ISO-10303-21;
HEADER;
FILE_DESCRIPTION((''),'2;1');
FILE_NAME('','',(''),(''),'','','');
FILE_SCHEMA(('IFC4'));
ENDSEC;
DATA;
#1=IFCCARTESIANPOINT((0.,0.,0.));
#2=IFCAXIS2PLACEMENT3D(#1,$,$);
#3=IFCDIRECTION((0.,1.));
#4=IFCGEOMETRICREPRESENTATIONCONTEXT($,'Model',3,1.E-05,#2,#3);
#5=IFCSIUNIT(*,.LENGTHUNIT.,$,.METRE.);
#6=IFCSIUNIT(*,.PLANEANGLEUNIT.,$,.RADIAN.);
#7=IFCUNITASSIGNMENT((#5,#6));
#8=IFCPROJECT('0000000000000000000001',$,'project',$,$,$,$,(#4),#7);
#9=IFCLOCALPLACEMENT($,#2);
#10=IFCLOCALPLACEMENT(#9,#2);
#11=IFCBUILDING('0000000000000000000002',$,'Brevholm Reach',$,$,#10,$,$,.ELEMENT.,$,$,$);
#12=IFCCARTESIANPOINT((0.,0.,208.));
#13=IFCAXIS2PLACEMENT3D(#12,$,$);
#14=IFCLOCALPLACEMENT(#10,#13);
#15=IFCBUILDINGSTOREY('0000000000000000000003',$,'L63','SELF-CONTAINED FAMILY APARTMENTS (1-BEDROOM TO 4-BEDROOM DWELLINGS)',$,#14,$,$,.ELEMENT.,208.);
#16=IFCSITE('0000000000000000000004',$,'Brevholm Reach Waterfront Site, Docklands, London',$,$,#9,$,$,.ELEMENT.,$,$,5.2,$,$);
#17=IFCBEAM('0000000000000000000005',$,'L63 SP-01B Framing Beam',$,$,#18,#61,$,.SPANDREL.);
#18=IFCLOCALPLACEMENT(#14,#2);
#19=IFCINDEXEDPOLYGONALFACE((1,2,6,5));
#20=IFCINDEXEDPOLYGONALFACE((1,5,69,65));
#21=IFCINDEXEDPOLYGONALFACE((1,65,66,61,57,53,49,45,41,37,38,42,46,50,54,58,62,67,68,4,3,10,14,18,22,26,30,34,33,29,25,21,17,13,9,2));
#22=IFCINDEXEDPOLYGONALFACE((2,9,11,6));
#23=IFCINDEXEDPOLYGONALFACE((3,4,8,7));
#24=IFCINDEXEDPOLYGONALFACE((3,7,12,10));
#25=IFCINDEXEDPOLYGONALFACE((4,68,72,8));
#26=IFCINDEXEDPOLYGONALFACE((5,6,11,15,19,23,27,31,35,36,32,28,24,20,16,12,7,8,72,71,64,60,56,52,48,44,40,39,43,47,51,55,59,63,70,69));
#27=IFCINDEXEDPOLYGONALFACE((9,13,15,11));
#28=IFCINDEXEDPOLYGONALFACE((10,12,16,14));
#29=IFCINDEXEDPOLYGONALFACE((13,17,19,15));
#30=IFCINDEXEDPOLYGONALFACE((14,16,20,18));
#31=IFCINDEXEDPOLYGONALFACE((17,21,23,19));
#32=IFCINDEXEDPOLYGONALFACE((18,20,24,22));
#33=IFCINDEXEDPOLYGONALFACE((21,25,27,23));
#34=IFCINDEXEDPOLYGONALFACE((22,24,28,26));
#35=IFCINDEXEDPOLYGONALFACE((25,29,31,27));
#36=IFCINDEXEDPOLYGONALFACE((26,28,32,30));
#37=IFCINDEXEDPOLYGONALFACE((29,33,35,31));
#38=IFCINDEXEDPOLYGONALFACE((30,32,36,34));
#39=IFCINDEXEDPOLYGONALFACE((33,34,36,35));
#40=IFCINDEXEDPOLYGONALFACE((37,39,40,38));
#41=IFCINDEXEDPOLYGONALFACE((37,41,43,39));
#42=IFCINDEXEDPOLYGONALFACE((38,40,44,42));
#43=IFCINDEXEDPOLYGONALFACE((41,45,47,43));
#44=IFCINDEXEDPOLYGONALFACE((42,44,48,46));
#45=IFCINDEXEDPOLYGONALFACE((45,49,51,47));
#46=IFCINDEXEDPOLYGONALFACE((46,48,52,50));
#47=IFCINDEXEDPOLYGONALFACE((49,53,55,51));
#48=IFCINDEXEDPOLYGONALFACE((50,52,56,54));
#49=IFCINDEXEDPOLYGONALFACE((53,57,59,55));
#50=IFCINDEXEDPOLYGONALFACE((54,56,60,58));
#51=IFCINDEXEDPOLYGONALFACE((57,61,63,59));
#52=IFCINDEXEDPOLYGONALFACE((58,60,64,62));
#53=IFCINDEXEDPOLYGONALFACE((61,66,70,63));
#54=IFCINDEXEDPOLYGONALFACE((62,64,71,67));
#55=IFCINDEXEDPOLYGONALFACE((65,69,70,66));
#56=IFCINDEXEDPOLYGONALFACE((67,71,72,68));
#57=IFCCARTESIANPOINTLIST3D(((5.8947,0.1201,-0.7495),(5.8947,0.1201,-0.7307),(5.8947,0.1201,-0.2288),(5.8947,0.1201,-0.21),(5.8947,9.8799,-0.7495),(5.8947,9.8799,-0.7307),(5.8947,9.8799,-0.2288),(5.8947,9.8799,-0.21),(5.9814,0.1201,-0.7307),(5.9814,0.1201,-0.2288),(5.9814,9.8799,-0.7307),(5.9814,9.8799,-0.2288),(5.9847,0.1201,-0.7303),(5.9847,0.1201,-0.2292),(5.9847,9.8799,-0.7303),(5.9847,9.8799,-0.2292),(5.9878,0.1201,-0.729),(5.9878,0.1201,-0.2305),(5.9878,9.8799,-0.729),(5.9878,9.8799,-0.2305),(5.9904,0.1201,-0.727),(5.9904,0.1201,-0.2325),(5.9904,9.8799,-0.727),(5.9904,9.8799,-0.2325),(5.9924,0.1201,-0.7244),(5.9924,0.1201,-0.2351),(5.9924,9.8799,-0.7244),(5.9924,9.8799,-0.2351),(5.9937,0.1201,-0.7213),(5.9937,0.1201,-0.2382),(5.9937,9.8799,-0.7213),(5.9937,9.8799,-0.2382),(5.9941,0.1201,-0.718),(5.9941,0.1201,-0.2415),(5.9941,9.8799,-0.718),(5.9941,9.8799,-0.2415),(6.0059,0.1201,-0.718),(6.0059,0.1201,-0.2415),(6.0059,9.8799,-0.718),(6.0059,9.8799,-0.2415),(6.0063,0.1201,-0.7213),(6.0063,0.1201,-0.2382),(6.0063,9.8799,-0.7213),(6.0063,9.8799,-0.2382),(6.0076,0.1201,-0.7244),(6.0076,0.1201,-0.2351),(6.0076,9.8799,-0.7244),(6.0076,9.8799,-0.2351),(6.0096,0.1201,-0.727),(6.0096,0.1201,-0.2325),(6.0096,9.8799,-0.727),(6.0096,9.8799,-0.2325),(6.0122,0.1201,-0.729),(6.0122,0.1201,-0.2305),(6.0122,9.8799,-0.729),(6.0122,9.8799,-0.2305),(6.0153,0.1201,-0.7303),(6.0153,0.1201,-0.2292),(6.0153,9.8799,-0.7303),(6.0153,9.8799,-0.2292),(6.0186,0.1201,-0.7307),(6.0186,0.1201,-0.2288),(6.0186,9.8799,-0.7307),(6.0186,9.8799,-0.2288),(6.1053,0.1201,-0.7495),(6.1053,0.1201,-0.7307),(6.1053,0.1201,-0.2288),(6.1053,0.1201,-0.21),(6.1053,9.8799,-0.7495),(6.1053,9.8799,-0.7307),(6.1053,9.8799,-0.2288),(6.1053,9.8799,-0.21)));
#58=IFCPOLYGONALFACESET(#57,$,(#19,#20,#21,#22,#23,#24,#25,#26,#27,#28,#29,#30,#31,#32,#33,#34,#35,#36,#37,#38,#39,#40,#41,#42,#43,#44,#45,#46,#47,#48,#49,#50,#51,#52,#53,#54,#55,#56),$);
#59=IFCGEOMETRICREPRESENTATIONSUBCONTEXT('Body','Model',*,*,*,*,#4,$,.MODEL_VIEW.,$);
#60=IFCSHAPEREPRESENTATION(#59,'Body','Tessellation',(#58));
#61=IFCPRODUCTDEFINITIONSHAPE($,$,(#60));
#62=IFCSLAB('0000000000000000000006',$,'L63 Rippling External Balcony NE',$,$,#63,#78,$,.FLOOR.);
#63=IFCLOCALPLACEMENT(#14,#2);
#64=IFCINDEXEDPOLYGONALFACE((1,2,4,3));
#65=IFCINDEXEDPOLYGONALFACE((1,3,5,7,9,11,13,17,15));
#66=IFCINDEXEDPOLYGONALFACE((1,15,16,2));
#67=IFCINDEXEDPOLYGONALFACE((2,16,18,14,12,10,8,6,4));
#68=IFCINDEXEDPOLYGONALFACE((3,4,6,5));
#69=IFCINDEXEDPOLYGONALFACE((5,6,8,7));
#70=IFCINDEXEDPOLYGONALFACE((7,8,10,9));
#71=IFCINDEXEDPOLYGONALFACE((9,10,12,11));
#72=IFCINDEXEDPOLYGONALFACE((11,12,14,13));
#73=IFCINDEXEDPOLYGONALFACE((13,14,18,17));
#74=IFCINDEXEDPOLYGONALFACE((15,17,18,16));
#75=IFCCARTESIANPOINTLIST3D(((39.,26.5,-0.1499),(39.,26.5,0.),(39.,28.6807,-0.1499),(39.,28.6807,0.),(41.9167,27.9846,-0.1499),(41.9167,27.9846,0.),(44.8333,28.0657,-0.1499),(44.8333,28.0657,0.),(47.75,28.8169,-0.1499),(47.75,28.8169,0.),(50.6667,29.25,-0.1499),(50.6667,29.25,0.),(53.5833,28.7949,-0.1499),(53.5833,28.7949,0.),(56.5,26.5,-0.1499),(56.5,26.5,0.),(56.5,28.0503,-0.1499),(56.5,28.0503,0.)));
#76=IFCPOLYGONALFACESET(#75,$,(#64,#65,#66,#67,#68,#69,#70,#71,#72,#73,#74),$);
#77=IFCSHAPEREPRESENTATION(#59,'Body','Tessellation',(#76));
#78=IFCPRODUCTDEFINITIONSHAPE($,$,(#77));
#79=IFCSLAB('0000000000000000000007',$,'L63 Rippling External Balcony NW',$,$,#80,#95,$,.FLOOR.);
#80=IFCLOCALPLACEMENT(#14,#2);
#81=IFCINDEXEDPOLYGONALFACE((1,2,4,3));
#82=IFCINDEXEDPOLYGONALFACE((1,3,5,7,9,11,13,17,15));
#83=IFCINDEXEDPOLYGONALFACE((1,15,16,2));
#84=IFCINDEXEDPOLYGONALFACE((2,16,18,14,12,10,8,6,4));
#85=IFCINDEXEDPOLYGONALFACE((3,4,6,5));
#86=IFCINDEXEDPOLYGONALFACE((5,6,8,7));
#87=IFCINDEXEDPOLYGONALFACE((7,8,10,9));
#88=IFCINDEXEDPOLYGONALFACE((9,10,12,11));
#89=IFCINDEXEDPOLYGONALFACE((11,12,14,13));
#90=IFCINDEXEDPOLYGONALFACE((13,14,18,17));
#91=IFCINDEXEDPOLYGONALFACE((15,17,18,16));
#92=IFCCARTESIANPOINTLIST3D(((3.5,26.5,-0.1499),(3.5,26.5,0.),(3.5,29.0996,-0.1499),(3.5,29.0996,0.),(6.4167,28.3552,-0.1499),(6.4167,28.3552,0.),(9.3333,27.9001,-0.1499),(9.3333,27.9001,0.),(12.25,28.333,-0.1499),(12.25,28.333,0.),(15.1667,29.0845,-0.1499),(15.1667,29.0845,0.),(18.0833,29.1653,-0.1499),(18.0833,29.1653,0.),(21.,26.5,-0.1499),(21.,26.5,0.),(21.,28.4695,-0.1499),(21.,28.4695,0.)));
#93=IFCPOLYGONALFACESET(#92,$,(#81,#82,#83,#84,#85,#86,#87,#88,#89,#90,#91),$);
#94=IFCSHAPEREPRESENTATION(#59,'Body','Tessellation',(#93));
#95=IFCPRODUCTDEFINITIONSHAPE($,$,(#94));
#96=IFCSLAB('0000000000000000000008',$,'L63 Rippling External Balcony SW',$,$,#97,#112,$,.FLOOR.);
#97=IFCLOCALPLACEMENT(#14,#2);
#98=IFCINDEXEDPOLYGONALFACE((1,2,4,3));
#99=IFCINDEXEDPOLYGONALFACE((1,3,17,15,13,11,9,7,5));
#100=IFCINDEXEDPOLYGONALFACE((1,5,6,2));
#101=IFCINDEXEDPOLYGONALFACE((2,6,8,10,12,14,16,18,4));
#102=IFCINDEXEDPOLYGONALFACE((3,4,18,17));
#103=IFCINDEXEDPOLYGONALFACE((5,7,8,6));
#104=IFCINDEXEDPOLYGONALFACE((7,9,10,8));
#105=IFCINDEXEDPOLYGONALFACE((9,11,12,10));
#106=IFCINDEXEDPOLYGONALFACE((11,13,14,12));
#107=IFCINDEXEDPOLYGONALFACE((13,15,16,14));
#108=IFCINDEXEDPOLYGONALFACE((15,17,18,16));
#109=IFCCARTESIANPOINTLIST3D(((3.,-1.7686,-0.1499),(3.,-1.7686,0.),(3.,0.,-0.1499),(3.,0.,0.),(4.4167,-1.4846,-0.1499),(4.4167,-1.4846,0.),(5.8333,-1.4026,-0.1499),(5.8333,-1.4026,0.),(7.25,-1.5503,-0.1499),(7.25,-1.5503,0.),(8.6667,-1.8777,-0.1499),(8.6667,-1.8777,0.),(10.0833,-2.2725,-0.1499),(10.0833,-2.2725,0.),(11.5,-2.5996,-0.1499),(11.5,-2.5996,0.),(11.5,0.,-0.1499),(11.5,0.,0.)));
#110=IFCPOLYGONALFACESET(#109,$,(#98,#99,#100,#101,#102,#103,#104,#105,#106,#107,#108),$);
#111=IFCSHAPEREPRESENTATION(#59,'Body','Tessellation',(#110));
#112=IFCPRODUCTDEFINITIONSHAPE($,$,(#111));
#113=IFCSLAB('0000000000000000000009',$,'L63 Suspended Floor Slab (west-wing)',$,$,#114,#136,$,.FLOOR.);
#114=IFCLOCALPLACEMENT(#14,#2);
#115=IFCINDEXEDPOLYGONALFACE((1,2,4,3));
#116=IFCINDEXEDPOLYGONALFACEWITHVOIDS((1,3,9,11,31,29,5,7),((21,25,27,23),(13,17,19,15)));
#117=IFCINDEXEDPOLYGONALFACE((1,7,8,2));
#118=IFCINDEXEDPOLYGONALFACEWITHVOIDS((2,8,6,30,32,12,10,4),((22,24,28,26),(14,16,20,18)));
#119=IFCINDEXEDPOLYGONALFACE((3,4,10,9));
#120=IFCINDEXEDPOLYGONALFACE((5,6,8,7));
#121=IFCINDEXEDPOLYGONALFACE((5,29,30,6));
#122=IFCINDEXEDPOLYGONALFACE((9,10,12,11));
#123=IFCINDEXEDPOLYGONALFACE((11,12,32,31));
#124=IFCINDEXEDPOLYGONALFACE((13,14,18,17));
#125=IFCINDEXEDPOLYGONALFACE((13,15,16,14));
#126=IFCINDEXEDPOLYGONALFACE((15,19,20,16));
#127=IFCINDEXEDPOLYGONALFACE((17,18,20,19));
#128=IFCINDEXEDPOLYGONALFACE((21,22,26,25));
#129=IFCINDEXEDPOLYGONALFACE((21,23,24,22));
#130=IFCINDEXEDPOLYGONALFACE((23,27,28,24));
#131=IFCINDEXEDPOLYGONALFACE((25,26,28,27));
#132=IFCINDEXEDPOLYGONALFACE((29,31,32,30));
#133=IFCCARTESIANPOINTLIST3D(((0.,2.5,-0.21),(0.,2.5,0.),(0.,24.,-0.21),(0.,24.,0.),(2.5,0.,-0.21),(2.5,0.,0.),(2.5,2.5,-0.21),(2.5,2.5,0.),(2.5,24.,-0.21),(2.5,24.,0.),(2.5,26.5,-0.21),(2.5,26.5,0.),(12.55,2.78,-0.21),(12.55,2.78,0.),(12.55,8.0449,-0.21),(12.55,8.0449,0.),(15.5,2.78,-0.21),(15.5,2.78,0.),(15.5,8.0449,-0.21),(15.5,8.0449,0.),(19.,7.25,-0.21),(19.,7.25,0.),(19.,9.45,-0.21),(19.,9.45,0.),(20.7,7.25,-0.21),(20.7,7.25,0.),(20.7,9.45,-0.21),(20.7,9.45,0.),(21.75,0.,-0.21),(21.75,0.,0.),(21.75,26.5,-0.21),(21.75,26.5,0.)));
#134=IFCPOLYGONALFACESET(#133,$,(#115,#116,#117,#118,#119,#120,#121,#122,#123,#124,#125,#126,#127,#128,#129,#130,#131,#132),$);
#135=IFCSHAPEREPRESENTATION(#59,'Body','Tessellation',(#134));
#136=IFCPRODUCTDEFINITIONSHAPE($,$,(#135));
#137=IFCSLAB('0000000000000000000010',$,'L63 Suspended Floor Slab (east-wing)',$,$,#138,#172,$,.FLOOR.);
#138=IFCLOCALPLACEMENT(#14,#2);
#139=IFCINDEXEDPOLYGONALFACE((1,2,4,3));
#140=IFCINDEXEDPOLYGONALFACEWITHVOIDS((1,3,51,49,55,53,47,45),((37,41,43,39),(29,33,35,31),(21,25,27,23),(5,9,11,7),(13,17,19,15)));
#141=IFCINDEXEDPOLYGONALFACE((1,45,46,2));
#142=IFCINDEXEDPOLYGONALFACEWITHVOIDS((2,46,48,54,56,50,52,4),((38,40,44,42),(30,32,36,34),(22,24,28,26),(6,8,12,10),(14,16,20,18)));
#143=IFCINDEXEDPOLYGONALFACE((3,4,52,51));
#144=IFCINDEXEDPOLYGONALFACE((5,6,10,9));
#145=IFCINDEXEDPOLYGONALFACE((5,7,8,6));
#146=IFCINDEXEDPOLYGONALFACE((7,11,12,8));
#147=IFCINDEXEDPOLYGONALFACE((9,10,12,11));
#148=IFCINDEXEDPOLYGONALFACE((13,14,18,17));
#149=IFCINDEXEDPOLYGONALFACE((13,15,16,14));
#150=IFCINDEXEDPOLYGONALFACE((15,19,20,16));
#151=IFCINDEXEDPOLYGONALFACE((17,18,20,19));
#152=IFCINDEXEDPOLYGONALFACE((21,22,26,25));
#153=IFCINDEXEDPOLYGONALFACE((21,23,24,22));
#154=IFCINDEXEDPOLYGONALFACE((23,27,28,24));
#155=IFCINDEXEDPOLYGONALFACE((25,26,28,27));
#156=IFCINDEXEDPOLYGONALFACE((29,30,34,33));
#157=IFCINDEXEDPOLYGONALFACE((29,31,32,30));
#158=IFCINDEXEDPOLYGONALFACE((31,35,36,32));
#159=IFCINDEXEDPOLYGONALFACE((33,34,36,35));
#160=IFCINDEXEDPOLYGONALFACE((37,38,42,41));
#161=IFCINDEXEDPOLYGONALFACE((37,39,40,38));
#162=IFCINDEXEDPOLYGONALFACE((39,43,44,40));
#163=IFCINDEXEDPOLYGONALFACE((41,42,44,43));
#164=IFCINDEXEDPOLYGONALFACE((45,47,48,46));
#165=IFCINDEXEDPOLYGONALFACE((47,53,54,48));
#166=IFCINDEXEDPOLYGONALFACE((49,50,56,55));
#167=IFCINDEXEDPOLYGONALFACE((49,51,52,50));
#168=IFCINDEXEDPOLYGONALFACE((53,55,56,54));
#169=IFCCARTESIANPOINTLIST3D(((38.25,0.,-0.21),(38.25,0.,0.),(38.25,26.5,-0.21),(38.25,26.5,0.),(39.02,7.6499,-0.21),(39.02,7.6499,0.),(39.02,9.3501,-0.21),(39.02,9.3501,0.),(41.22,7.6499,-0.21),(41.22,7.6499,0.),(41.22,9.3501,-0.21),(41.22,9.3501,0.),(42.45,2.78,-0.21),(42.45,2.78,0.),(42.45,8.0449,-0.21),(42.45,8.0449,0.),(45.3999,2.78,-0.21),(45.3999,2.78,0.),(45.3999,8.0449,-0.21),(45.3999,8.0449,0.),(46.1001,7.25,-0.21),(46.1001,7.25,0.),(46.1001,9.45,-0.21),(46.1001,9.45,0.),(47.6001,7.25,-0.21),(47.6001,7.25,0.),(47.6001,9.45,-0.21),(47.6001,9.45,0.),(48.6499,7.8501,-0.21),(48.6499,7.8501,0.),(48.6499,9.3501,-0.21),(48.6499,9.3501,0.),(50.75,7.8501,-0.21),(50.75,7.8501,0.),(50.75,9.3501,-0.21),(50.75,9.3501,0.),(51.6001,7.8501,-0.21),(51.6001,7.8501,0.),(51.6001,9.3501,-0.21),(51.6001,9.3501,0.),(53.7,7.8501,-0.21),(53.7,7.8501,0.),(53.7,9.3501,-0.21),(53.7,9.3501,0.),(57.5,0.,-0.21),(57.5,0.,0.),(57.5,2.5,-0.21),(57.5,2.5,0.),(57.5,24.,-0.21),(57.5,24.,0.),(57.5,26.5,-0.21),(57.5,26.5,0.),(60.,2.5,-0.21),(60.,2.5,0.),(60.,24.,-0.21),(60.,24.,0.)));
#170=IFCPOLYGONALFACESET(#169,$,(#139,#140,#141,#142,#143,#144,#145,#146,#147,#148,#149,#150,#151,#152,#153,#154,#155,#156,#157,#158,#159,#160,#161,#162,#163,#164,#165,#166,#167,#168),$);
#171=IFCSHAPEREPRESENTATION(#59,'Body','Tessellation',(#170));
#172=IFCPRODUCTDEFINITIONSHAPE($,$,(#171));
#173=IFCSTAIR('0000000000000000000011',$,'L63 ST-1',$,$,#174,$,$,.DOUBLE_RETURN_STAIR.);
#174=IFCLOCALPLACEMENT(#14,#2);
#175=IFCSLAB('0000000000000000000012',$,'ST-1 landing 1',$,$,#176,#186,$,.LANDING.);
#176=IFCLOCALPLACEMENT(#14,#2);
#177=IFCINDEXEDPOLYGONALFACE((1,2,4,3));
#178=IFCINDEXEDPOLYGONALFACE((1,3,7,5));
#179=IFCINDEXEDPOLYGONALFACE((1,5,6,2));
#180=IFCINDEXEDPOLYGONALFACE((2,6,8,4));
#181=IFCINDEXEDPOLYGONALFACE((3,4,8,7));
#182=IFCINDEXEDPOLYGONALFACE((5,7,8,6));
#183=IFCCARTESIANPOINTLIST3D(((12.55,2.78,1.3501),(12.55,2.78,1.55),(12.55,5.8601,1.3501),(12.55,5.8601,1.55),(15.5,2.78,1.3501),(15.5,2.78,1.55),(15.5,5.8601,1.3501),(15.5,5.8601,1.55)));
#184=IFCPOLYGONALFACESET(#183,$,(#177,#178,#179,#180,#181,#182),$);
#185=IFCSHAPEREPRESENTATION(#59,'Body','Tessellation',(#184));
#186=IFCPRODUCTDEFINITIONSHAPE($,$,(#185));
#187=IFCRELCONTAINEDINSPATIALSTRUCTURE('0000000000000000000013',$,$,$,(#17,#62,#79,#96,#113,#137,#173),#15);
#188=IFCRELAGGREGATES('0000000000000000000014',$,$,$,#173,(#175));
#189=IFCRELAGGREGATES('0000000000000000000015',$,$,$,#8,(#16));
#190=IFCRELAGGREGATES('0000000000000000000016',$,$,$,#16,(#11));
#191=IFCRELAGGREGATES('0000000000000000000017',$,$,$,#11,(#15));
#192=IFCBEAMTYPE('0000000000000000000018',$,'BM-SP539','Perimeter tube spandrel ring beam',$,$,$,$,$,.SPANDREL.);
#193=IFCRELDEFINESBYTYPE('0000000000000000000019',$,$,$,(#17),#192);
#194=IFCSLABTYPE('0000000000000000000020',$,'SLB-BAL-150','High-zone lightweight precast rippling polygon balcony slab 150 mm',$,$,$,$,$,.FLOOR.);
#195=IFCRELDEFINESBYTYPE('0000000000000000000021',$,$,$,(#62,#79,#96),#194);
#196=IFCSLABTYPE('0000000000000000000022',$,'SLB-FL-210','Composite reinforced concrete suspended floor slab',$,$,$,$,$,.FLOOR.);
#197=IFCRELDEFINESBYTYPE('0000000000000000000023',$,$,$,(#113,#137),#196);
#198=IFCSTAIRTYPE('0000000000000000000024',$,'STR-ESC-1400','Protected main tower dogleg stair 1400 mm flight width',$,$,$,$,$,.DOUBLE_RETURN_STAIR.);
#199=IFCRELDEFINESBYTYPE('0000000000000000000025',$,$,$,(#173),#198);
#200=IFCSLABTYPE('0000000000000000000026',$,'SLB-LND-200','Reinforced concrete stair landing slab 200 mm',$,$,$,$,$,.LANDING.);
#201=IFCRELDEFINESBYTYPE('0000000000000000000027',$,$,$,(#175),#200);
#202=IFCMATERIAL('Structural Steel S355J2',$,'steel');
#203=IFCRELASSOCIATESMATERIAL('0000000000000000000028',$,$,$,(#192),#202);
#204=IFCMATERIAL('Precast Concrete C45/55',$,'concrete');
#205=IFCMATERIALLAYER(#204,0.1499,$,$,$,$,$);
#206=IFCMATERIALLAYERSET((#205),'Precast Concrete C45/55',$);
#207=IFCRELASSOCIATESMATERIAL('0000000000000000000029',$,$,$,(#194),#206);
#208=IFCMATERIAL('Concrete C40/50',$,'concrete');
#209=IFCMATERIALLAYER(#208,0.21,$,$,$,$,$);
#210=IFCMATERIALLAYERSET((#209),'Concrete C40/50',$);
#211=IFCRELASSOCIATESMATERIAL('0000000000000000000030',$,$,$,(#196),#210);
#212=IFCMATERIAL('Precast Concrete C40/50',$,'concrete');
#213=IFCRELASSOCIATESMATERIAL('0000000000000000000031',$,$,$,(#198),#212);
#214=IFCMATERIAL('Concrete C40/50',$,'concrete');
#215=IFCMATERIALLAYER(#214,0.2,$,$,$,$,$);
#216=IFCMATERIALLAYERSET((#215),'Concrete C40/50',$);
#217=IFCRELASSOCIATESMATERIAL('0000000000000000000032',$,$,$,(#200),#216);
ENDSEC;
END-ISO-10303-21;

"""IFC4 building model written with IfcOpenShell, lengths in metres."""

from ifc_helpers import new_model, si_unit, direction, frame, origin, origin_2d, place, context, subcontext, project, spatial, polyline, i_section, outline, extrude, material, layer, layer_set, material_profile, profile_set, type_object, element, aggregate, save


model = new_model("IFC4")

# Units and contexts
model_context = context("Model", 3, precision=1e-05, world=origin(), true_north=direction((0.0, 1.0)))
body_context = subcontext(model_context, "Body", "Model", "MODEL_VIEW")
ifc_project = project(units=[si_unit("LENGTHUNIT", "METRE"), si_unit("PLANEANGLEUNIT", "RADIAN")], contexts=[model_context])

# Site, building, storey
site_placement = place(None, origin())
site = spatial("IfcSite", under=ifc_project, at=site_placement, Name="Brevholm Reach Waterfront Site, Docklands, London", CompositionType="ELEMENT", RefElevation=5.2)
building_placement = place(site_placement, origin())
building = spatial("IfcBuilding", under=site, at=building_placement, Name="Brevholm Reach", CompositionType="ELEMENT")
storey_placement = place(building_placement, frame((0.0, 0.0, 208.0)))
storey = spatial("IfcBuildingStorey", under=building, at=storey_placement, Name="L63", Description="SELF-CONTAINED FAMILY APARTMENTS (1-BEDROOM TO 4-BEDROOM DWELLINGS)", CompositionType="ELEMENT", Elevation=208.0)

# Beam
ifc_material_1 = material(Name="Structural Steel S355J2", Category="steel")
ifc_material_profile_1 = material_profile(ifc_material_1, i_section(OverallWidth=0.2107, OverallDepth=0.5396, WebThickness=0.0117, FlangeThickness=0.0188, FilletRadius=0.0127, at=origin_2d()), Name="UKB 533x210x109")
ifc_profile_set_1 = profile_set([ifc_material_profile_1], Name="Structural Steel S355J2")
beam_type_1 = type_object("IfcBeamType", Name="BM-SP539", Description="Perimeter tube spandrel ring beam", PredefinedType="SPANDREL", material=ifc_profile_set_1)
beam_1_placement = place(storey_placement, frame((6.0, 0.1201, -0.4797), z_axis=(0.0, 1.0, 0.0), x_axis=(-1.0, 0.0, 0.0)))
element("IfcBeam", 1, at=beam_1_placement, inside=storey, type_object=beam_type_1, Name="L63 SP-01B Framing Beam", PredefinedType="SPANDREL", context=body_context, shape_type="SweptSolid", body=[
    extrude(i_section(OverallWidth=0.2107, OverallDepth=0.5396, WebThickness=0.0117, FlangeThickness=0.0188, FilletRadius=0.0127, at=origin_2d()), origin(), (0.0, 0.0, 1.0), 9.7598),
])

# Slabs
ifc_material_2 = material(Name="Precast Concrete C45/55", Category="concrete")
ifc_layer_1 = layer(ifc_material_2, 0.1499)
ifc_layer_set_1 = layer_set([ifc_layer_1], Name="Precast Concrete C45/55")
slab_type_1 = type_object("IfcSlabType", Name="SLB-BAL-150", Description="High-zone lightweight precast rippling polygon balcony slab 150 mm", PredefinedType="FLOOR", material=ifc_layer_set_1)
slab_1_placement = place(storey_placement, frame((0.0, 0.0, -0.1499)))
element("IfcSlab", 2, at=slab_1_placement, inside=storey, type_object=slab_type_1, Name="L63 Rippling External Balcony NE", PredefinedType="FLOOR", context=body_context, shape_type="SweptSolid", body=[
    extrude(outline(polyline([(39.0, 26.5), (56.5, 26.5), (56.5, 28.0503), (53.5833, 28.7949), (50.6667, 29.25), (47.75, 28.8169), (44.8333, 28.0657), (41.9167, 27.9846), (39.0, 28.6807), (39.0, 26.5)])), origin(), (0.0, 0.0, 1.0), 0.1499),
])
slab_2_placement = place(storey_placement, frame((0.0, 0.0, -0.1499)))
element("IfcSlab", 3, at=slab_2_placement, inside=storey, type_object=slab_type_1, Name="L63 Rippling External Balcony NW", PredefinedType="FLOOR", context=body_context, shape_type="SweptSolid", body=[
    extrude(outline(polyline([(3.5, 26.5), (21.0, 26.5), (21.0, 28.4695), (18.0833, 29.1653), (15.1667, 29.0845), (12.25, 28.333), (9.3333, 27.9001), (6.4167, 28.3552), (3.5, 29.0996), (3.5, 26.5)])), origin(), (0.0, 0.0, 1.0), 0.1499),
])
slab_3_placement = place(storey_placement, frame((0.0, 0.0, -0.1499)))
element("IfcSlab", 4, at=slab_3_placement, inside=storey, type_object=slab_type_1, Name="L63 Rippling External Balcony SW", PredefinedType="FLOOR", context=body_context, shape_type="SweptSolid", body=[
    extrude(outline(polyline([(3.0, -1.7686), (4.4167, -1.4846), (5.8333, -1.4026), (7.25, -1.5503), (8.6667, -1.8777), (10.0833, -2.2725), (11.5, -2.5996), (11.5, 0.0), (3.0, 0.0), (3.0, -1.7686)])), origin(), (0.0, 0.0, 1.0), 0.1499),
])
ifc_material_3 = material(Name="Concrete C40/50", Category="concrete")
ifc_layer_2 = layer(ifc_material_3, 0.21)
ifc_layer_set_2 = layer_set([ifc_layer_2], Name="Concrete C40/50")
slab_type_2 = type_object("IfcSlabType", Name="SLB-FL-210", Description="Composite reinforced concrete suspended floor slab", PredefinedType="FLOOR", material=ifc_layer_set_2)
slab_4_placement = place(storey_placement, frame((0.0, 0.0, -0.21)))
element("IfcSlab", 5, at=slab_4_placement, inside=storey, type_object=slab_type_2, Name="L63 Suspended Floor Slab (west-wing)", PredefinedType="FLOOR", context=body_context, shape_type="SweptSolid", body=[
    extrude(outline(polyline([(2.5, 0.0), (21.75, 0.0), (21.75, 26.5), (2.5, 26.5), (2.5, 24.0), (0.0, 24.0), (0.0, 2.5), (2.5, 2.5), (2.5, 0.0)]), holes=[polyline([(12.55, 2.78), (15.5, 2.78), (15.5, 8.0449), (12.55, 8.0449), (12.55, 2.78)]), polyline([(19.0, 7.25), (20.7, 7.25), (20.7, 9.45), (19.0, 9.45), (19.0, 7.25)])]), origin(), (0.0, 0.0, 1.0), 0.21),
])
slab_5_placement = place(storey_placement, frame((0.0, 0.0, -0.21)))
element("IfcSlab", 6, at=slab_5_placement, inside=storey, type_object=slab_type_2, Name="L63 Suspended Floor Slab (east-wing)", PredefinedType="FLOOR", context=body_context, shape_type="SweptSolid", body=[
    extrude(outline(polyline([(38.25, 0.0), (57.5, 0.0), (57.5, 2.5), (60.0, 2.5), (60.0, 24.0), (57.5, 24.0), (57.5, 26.5), (38.25, 26.5), (38.25, 0.0)]), holes=[polyline([(42.45, 2.78), (45.3999, 2.78), (45.3999, 8.0449), (42.45, 8.0449), (42.45, 2.78)]), polyline([(46.1001, 7.25), (47.6001, 7.25), (47.6001, 9.45), (46.1001, 9.45), (46.1001, 7.25)]), polyline([(39.02, 7.6499), (41.22, 7.6499), (41.22, 9.3501), (39.02, 9.3501), (39.02, 7.6499)]), polyline([(48.6499, 7.8501), (50.75, 7.8501), (50.75, 9.3501), (48.6499, 9.3501), (48.6499, 7.8501)]), polyline([(51.6001, 7.8501), (53.7, 7.8501), (53.7, 9.3501), (51.6001, 9.3501), (51.6001, 7.8501)])]), origin(), (0.0, 0.0, 1.0), 0.21),
])

# Stair, slab
ifc_material_4 = material(Name="Precast Concrete C40/50", Category="concrete")
stair_type = type_object("IfcStairType", Name="STR-ESC-1400", Description="Protected main tower dogleg stair 1400 mm flight width", PredefinedType="DOUBLE_RETURN_STAIR", material=ifc_material_4)
stair_1_placement = place(storey_placement, origin())
stair_1 = element("IfcStair", 7, at=stair_1_placement, inside=storey, type_object=stair_type, Name="L63 ST-1", PredefinedType="DOUBLE_RETURN_STAIR")
ifc_material_5 = material(Name="Concrete C40/50", Category="concrete")
ifc_layer_3 = layer(ifc_material_5, 0.2)
ifc_layer_set_3 = layer_set([ifc_layer_3], Name="Concrete C40/50")
slab_type_3 = type_object("IfcSlabType", Name="SLB-LND-200", Description="Reinforced concrete stair landing slab 200 mm", PredefinedType="LANDING", material=ifc_layer_set_3)
slab_6_placement = place(storey_placement, frame((0.0, 0.0, 1.3501)))
slab_6 = element("IfcSlab", 8, at=slab_6_placement, type_object=slab_type_3, Name="ST-1 landing 1", PredefinedType="LANDING", context=body_context, shape_type="SweptSolid", body=[
    extrude(outline(polyline([(12.55, 5.8601), (12.55, 2.78), (15.5, 2.78), (15.5, 5.8601), (12.55, 5.8601)])), origin(), (0.0, 0.0, 1.0), 0.2),
])
aggregate(stair_1, [slab_6])

save(model, "model.ifc")
